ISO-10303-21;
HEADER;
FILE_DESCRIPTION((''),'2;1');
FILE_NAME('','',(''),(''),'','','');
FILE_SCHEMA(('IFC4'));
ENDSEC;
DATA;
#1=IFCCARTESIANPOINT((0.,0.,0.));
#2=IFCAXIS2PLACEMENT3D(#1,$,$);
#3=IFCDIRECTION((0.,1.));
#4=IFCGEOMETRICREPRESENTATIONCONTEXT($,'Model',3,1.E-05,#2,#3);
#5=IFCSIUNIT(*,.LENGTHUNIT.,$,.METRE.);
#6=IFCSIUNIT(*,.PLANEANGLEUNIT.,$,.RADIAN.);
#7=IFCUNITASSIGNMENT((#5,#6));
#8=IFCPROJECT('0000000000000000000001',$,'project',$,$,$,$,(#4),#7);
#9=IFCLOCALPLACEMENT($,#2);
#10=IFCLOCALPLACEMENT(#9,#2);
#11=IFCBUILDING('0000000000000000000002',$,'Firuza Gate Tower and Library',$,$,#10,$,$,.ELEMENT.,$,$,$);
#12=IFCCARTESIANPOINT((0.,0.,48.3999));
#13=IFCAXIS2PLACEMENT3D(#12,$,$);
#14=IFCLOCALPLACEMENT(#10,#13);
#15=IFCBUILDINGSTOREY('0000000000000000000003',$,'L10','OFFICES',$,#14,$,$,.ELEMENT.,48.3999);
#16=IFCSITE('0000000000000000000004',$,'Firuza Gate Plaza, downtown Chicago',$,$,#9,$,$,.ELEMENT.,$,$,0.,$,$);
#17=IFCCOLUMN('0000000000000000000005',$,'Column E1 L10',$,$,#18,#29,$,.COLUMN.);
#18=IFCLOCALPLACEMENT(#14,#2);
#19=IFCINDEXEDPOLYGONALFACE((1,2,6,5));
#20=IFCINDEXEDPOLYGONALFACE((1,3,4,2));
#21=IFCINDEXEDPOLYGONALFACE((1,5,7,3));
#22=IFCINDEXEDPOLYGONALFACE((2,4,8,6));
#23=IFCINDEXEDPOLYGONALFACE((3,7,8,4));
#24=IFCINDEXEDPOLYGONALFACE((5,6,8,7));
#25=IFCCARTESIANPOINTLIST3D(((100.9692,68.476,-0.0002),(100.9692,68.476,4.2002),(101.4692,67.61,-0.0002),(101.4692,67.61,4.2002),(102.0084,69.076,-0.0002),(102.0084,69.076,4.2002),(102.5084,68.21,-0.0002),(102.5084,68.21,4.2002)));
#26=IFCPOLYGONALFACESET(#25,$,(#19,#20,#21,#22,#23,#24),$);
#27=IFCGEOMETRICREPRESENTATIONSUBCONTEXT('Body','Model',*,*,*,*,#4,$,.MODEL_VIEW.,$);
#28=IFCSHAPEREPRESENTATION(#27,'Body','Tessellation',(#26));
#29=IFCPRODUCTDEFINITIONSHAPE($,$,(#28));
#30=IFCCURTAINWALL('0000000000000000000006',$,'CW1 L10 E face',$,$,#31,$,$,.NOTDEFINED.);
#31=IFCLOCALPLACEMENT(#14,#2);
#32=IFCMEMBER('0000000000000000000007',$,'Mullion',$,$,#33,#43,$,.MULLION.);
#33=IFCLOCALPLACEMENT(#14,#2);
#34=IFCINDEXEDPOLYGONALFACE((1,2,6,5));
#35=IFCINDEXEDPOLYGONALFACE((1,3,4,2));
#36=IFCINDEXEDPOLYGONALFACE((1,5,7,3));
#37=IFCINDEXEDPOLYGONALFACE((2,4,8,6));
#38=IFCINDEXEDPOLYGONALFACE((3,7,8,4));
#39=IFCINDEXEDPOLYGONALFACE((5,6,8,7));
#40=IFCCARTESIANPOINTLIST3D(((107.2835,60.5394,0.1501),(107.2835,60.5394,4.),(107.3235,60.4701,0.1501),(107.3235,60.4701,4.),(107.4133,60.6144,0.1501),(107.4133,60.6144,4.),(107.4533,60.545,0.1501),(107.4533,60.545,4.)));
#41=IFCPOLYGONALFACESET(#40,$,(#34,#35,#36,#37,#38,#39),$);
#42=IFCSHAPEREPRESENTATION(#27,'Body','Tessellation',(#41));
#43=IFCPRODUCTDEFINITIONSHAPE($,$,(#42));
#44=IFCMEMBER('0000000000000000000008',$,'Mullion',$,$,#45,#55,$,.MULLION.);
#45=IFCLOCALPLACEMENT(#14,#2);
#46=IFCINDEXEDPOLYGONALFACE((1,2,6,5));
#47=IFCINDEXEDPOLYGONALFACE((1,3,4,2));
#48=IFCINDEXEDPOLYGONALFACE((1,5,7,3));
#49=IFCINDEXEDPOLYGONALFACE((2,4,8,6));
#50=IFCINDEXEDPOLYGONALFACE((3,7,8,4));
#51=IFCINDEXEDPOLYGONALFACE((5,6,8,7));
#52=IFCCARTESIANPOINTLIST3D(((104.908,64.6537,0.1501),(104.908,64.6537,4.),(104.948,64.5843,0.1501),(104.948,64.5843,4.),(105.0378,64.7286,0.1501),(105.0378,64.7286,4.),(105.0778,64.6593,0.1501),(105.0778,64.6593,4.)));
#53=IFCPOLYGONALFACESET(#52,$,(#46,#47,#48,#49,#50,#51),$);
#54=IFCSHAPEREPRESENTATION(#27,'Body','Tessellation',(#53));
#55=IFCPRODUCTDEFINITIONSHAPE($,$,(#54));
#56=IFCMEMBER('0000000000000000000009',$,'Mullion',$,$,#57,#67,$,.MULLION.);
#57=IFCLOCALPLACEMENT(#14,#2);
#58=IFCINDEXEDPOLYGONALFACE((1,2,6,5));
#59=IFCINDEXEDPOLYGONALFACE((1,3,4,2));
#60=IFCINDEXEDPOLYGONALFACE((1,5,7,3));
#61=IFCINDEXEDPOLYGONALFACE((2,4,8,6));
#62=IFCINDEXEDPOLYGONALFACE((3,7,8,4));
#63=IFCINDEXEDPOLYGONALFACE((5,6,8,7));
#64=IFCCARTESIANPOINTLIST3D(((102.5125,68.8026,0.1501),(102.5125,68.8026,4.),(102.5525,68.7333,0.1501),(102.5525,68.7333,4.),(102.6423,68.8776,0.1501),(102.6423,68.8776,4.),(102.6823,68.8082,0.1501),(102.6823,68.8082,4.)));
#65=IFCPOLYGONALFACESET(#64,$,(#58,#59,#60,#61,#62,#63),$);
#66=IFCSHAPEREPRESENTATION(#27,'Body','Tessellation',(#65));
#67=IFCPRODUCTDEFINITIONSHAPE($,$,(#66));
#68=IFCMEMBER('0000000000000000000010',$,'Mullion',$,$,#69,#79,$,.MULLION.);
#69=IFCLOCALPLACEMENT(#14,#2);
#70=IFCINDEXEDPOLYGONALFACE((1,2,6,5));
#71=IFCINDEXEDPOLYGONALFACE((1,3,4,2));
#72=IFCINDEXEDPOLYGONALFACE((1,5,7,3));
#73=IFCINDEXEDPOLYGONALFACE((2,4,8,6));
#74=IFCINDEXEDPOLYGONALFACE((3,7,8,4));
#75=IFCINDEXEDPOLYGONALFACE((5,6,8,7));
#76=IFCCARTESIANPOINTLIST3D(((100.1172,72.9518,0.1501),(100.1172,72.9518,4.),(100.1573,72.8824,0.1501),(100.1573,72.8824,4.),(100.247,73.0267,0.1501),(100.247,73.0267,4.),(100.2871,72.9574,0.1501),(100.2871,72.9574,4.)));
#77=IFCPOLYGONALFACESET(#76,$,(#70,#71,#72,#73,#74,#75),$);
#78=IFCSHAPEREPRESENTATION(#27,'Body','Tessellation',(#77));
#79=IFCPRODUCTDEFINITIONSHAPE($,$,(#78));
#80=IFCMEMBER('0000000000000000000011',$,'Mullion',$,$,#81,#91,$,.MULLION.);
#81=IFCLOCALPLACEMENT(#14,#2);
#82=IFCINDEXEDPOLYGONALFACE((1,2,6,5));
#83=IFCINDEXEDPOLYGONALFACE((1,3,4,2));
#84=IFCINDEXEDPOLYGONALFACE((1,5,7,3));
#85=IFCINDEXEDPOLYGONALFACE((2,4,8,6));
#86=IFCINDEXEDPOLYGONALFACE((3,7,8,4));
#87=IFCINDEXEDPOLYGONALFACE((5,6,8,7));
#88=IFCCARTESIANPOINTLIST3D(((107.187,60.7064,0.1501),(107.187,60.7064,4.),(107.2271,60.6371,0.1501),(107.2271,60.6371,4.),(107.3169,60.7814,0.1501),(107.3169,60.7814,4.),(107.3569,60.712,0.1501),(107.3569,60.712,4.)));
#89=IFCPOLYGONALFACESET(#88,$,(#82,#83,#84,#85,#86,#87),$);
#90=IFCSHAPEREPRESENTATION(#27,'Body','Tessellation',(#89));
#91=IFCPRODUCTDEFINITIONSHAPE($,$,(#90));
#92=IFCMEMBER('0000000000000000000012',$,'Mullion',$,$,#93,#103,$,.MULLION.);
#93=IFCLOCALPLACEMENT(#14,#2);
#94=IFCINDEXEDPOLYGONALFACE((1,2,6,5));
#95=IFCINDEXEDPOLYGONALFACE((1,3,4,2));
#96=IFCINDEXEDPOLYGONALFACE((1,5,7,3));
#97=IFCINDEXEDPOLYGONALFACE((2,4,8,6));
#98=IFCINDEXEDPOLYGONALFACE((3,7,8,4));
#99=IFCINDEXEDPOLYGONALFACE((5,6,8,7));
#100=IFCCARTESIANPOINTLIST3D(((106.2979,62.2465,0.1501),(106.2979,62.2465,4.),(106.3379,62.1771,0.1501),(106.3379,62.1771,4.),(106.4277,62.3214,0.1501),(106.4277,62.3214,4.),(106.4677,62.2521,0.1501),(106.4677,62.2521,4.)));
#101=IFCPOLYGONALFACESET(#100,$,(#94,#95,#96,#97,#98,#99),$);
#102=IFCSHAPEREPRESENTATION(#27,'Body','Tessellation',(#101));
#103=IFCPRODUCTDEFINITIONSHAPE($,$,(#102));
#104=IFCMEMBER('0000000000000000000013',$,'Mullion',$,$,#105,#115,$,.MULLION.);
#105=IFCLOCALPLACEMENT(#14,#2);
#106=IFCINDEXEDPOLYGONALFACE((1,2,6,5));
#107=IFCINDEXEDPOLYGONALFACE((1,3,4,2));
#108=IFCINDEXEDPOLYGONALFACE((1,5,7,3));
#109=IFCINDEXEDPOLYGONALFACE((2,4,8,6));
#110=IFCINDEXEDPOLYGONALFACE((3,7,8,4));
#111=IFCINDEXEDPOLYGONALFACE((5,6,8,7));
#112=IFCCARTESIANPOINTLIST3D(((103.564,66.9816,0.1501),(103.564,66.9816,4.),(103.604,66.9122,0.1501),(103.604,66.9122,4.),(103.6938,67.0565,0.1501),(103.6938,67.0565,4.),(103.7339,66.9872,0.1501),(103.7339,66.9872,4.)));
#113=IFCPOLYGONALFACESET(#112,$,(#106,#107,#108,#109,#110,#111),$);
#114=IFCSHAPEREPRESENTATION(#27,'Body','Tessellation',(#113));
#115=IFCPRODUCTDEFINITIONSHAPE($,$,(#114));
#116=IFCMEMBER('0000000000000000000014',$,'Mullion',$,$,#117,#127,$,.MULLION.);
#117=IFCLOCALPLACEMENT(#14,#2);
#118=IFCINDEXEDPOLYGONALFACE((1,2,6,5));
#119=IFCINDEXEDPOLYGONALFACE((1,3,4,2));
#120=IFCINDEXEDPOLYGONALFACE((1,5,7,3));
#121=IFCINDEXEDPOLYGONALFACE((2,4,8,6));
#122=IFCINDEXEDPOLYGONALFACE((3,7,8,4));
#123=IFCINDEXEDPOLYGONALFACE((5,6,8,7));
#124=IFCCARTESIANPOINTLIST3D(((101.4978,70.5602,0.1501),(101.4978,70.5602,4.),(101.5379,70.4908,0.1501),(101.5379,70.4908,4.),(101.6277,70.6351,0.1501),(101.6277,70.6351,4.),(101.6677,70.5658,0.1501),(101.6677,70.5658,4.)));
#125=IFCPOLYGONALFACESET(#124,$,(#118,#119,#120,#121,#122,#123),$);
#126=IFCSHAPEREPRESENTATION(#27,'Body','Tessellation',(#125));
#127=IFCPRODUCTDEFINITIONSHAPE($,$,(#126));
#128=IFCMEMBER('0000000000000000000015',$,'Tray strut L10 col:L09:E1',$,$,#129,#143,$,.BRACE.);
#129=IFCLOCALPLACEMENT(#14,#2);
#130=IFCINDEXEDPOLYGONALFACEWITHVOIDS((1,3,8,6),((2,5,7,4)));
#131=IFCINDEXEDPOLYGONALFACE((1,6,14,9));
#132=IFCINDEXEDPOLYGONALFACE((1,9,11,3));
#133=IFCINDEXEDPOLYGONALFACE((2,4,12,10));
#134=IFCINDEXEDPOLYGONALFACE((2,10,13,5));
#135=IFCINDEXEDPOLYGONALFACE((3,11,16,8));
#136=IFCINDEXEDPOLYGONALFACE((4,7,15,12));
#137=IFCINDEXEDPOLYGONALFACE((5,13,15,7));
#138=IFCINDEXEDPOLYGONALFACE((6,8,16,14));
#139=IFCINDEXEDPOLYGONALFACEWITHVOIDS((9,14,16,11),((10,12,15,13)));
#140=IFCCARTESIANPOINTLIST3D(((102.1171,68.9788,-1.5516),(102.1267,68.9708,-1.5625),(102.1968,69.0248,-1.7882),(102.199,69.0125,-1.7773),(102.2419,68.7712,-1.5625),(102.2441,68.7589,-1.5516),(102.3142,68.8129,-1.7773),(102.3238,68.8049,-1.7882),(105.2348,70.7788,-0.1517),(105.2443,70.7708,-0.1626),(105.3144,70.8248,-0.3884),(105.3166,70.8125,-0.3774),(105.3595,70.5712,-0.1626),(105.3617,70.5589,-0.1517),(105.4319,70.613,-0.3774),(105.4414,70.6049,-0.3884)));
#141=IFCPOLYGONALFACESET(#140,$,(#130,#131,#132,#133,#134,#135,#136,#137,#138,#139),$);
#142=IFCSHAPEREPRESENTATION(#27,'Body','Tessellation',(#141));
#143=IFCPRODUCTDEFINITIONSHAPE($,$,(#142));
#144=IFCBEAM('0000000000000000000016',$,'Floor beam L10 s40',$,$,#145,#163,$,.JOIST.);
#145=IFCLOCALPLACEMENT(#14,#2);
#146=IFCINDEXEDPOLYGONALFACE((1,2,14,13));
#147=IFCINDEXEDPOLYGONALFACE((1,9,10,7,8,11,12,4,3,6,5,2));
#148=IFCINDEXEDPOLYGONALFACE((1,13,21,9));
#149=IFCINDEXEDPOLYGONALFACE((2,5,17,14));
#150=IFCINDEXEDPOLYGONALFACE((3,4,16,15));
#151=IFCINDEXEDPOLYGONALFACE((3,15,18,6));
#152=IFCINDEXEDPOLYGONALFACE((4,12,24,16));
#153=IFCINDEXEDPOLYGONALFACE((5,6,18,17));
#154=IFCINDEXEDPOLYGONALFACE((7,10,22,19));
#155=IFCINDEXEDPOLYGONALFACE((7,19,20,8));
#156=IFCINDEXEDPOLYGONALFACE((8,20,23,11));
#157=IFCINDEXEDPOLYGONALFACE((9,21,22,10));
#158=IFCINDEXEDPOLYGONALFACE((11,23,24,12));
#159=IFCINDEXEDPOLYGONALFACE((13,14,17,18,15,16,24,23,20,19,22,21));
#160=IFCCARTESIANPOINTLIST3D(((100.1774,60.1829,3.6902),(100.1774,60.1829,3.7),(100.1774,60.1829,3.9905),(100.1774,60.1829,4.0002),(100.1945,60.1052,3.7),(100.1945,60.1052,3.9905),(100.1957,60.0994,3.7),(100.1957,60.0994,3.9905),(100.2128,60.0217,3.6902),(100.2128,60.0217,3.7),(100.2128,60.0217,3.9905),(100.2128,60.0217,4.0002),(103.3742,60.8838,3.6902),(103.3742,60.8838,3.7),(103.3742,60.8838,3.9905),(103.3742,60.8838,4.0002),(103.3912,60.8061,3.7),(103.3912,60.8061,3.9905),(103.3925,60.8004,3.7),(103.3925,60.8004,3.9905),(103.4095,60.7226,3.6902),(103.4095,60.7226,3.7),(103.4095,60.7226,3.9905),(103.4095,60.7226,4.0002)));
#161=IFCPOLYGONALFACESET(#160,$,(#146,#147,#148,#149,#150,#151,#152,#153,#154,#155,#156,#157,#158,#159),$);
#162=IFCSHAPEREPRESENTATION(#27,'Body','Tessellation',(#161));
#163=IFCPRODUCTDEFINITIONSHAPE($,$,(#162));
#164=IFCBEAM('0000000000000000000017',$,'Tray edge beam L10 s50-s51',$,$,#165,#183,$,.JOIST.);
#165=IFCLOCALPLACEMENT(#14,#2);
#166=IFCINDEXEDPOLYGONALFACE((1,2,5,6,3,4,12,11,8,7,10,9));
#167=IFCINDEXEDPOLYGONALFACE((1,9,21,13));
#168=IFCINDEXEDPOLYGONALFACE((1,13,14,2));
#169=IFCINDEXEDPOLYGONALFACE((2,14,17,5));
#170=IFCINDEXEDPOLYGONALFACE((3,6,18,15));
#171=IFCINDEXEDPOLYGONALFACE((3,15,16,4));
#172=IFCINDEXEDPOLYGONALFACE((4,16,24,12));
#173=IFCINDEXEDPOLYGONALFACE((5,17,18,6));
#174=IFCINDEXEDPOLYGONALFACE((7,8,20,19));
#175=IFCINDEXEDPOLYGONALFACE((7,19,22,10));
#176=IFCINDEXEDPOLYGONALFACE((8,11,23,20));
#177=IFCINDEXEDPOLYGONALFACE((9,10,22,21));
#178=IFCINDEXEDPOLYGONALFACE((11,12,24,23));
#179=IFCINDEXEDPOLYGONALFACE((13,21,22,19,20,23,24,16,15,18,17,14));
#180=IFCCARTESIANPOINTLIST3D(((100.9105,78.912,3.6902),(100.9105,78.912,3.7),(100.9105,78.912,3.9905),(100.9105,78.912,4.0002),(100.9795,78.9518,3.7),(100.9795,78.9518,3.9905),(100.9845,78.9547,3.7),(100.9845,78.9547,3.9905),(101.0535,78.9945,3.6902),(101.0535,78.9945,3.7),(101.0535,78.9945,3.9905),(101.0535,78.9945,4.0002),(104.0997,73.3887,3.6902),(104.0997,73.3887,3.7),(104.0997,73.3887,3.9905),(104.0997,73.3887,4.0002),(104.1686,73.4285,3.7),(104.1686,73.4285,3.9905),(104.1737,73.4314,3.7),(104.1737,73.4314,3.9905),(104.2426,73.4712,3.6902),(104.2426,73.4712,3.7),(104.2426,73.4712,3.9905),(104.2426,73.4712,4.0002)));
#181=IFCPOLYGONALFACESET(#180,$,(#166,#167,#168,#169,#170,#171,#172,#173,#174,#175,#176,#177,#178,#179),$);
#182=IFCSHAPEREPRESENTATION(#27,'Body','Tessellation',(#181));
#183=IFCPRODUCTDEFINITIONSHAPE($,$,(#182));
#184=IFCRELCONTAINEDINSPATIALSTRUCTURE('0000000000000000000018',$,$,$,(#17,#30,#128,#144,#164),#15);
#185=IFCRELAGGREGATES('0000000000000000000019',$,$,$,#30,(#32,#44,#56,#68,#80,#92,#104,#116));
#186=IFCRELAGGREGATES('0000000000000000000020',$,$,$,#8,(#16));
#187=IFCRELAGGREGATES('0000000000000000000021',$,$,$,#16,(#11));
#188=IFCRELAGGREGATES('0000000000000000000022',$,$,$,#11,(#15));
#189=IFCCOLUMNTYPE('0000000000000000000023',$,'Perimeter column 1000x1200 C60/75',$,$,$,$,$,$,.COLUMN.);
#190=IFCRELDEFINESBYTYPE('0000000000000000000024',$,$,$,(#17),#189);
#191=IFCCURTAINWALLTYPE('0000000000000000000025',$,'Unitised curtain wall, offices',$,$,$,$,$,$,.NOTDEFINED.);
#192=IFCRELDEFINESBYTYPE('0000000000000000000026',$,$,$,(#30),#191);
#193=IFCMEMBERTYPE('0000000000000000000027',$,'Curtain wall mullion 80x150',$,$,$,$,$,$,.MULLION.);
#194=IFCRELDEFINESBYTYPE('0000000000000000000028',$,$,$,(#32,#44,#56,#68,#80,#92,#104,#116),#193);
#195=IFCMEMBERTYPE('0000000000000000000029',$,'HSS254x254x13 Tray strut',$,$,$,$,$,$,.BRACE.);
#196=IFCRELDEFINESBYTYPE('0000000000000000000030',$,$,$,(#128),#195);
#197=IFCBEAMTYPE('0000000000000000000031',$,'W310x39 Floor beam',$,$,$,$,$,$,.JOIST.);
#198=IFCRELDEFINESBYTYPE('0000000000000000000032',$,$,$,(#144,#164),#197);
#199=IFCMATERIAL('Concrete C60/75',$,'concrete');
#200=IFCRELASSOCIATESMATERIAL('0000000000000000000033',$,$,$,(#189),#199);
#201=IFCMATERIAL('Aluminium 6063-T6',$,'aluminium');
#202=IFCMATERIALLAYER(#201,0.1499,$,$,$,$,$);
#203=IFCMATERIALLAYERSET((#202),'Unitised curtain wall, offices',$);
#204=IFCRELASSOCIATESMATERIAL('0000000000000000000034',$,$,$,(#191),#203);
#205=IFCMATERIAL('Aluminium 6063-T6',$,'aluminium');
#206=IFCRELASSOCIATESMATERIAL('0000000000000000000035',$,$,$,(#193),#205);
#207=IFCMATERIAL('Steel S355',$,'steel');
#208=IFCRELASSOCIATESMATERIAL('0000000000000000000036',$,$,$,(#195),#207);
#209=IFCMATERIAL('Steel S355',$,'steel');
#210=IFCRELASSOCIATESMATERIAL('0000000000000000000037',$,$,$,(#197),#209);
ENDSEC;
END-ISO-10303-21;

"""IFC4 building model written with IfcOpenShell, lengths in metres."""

from ifc_helpers import new_model, si_unit, direction, frame, origin, origin_2d, place, context, subcontext, project, spatial, rectangle, hollow_rectangle, i_section, extrude, material, layer, layer_set, material_profile, profile_set, type_object, element, aggregate, save


model = new_model("IFC4")

# Units and contexts
model_context = context("Model", 3, precision=1e-05, world=origin(), true_north=direction((0.0, 1.0)))
body_context = subcontext(model_context, "Body", "Model", "MODEL_VIEW")
ifc_project = project(units=[si_unit("LENGTHUNIT", "METRE"), si_unit("PLANEANGLEUNIT", "RADIAN")], contexts=[model_context])

# Site, building, storey
site_placement = place(None, origin())
site = spatial("IfcSite", under=ifc_project, at=site_placement, Name="Firuza Gate Plaza, downtown Chicago", CompositionType="ELEMENT", RefElevation=0.0)
building_placement = place(site_placement, origin())
building = spatial("IfcBuilding", under=site, at=building_placement, Name="Firuza Gate Tower and Library", CompositionType="ELEMENT")
storey_placement = place(building_placement, frame((0.0, 0.0, 48.3999)))
storey = spatial("IfcBuildingStorey", under=building, at=storey_placement, Name="L10", Description="OFFICES", CompositionType="ELEMENT", Elevation=48.3999)

# Column
ifc_material_1 = material(Name="Concrete C60/75", Category="concrete")
ifc_material_profile_1 = material_profile(ifc_material_1, rectangle(XDim=1.0, YDim=1.2, at=origin_2d()))
ifc_profile_set_1 = profile_set([ifc_material_profile_1], Name="Concrete C60/75")
column_type = type_object("IfcColumnType", Name="Perimeter column 1000x1200 C60/75", PredefinedType="COLUMN", material=ifc_profile_set_1)
column_placement = place(storey_placement, frame((101.7388, 68.343, -0.0002), z_axis=(0.0, 0.0, 1.0), x_axis=(-0.5, 0.866025, 0.0)))
element("IfcColumn", 1, at=column_placement, inside=storey, type_object=column_type, Name="Column E1 L10", PredefinedType="COLUMN", context=body_context, shape_type="SweptSolid", body=[
    extrude(rectangle(XDim=1.0, YDim=1.2, at=origin_2d()), origin(), (0.0, 0.0, 1.0), 4.2004),
])

# Curtain wall, members
ifc_material_2 = material(Name="Aluminium 6063-T6", Category="aluminium")
ifc_layer_1 = layer(ifc_material_2, 0.1499)
ifc_layer_set_1 = layer_set([ifc_layer_1], Name="Unitised curtain wall, offices")
curtain_wall_type = type_object("IfcCurtainWallType", Name="Unitised curtain wall, offices", PredefinedType="NOTDEFINED", material=ifc_layer_set_1)
curtain_wall_placement = place(storey_placement, origin())
curtain_wall = element("IfcCurtainWall", 2, at=curtain_wall_placement, inside=storey, type_object=curtain_wall_type, Name="CW1 L10 E face", PredefinedType="NOTDEFINED")
ifc_material_3 = material(Name="Aluminium 6063-T6", Category="aluminium")
ifc_material_profile_2 = material_profile(ifc_material_3, rectangle(XDim=0.1499, YDim=0.0801, at=origin_2d()))
ifc_profile_set_2 = profile_set([ifc_material_profile_2], Name="Aluminium 6063-T6")
member_type_1 = type_object("IfcMemberType", Name="Curtain wall mullion 80x150", PredefinedType="MULLION", material=ifc_profile_set_2)
member_1_placement = place(storey_placement, frame((107.3684, 60.5422, 0.1501), z_axis=(0.0, 0.0, 1.0), x_axis=(-0.866025, -0.5, 0.0)))
member_1 = element("IfcMember", 3, at=member_1_placement, type_object=member_type_1, Name="Mullion", PredefinedType="MULLION", context=body_context, shape_type="SweptSolid", body=[
    extrude(rectangle(XDim=0.1499, YDim=0.0801, at=origin_2d()), origin(), (0.0, 0.0, 1.0), 3.8499),
])
member_2_placement = place(storey_placement, frame((104.9929, 64.6565, 0.1501), z_axis=(0.0, 0.0, 1.0), x_axis=(-0.866025, -0.5, 0.0)))
member_2 = element("IfcMember", 4, at=member_2_placement, type_object=member_type_1, Name="Mullion", PredefinedType="MULLION", context=body_context, shape_type="SweptSolid", body=[
    extrude(rectangle(XDim=0.1499, YDim=0.0801, at=origin_2d()), origin(), (0.0, 0.0, 1.0), 3.8499),
])
member_3_placement = place(storey_placement, frame((102.5974, 68.8054, 0.1501), z_axis=(0.0, 0.0, 1.0), x_axis=(-0.866025, -0.5, 0.0)))
member_3 = element("IfcMember", 5, at=member_3_placement, type_object=member_type_1, Name="Mullion", PredefinedType="MULLION", context=body_context, shape_type="SweptSolid", body=[
    extrude(rectangle(XDim=0.1499, YDim=0.0801, at=origin_2d()), origin(), (0.0, 0.0, 1.0), 3.8499),
])
member_4_placement = place(storey_placement, frame((100.2021, 72.9546, 0.1501), z_axis=(0.0, 0.0, 1.0), x_axis=(-0.866025, -0.5, 0.0)))
member_4 = element("IfcMember", 6, at=member_4_placement, type_object=member_type_1, Name="Mullion", PredefinedType="MULLION", context=body_context, shape_type="SweptSolid", body=[
    extrude(rectangle(XDim=0.1499, YDim=0.0801, at=origin_2d()), origin(), (0.0, 0.0, 1.0), 3.8499),
])
member_5_placement = place(storey_placement, frame((107.272, 60.7092, 0.1501), z_axis=(0.0, 0.0, 1.0), x_axis=(-0.866025, -0.5, 0.0)))
member_5 = element("IfcMember", 7, at=member_5_placement, type_object=member_type_1, Name="Mullion", PredefinedType="MULLION", context=body_context, shape_type="SweptSolid", body=[
    extrude(rectangle(XDim=0.1499, YDim=0.0801, at=origin_2d()), origin(), (0.0, 0.0, 1.0), 3.8499),
])
member_6_placement = place(storey_placement, frame((106.3828, 62.2493, 0.1501), z_axis=(0.0, 0.0, 1.0), x_axis=(-0.866025, -0.5, 0.0)))
member_6 = element("IfcMember", 8, at=member_6_placement, type_object=member_type_1, Name="Mullion", PredefinedType="MULLION", context=body_context, shape_type="SweptSolid", body=[
    extrude(rectangle(XDim=0.1499, YDim=0.0801, at=origin_2d()), origin(), (0.0, 0.0, 1.0), 3.8499),
])
member_7_placement = place(storey_placement, frame((103.6489, 66.9844, 0.1501), z_axis=(0.0, 0.0, 1.0), x_axis=(-0.866025, -0.5, 0.0)))
member_7 = element("IfcMember", 9, at=member_7_placement, type_object=member_type_1, Name="Mullion", PredefinedType="MULLION", context=body_context, shape_type="SweptSolid", body=[
    extrude(rectangle(XDim=0.1499, YDim=0.0801, at=origin_2d()), origin(), (0.0, 0.0, 1.0), 3.8499),
])
member_8_placement = place(storey_placement, frame((101.5828, 70.563, 0.1501), z_axis=(0.0, 0.0, 1.0), x_axis=(-0.866025, -0.5, 0.0)))
member_8 = element("IfcMember", 10, at=member_8_placement, type_object=member_type_1, Name="Mullion", PredefinedType="MULLION", context=body_context, shape_type="SweptSolid", body=[
    extrude(rectangle(XDim=0.1499, YDim=0.0801, at=origin_2d()), origin(), (0.0, 0.0, 1.0), 3.8499),
])

# Member
ifc_material_4 = material(Name="Steel S355", Category="steel")
ifc_material_profile_3 = material_profile(ifc_material_4, hollow_rectangle(XDim=0.2539, YDim=0.2539, WallThickness=0.0117, at=origin_2d()))
ifc_profile_set_3 = profile_set([ifc_material_profile_3], Name="Steel S355")
member_type_2 = type_object("IfcMemberType", Name="HSS254x254x13 Tray strut", PredefinedType="BRACE", material=ifc_profile_set_3)
member_9_placement = place(storey_placement, frame((102.2205, 68.8918, -1.6699), z_axis=(0.807141, 0.466018, 0.362423), x_axis=(-0.500012, 0.866018, 0.0)))
element("IfcMember", 11, at=member_9_placement, inside=storey, type_object=member_type_2, Name="Tray strut L10 col:L09:E1", PredefinedType="BRACE", context=body_context, shape_type="SweptSolid", body=[
    extrude(hollow_rectangle(XDim=0.2539, YDim=0.2539, WallThickness=0.0117, at=origin_2d()), origin(), (0.0, 0.0, 1.0), 3.8625),
])

# Beams
ifc_material_5 = material(Name="Steel S355", Category="steel")
ifc_material_profile_4 = material_profile(ifc_material_5, i_section(OverallWidth=0.165, OverallDepth=0.3101, WebThickness=0.0059, FlangeThickness=0.0098, at=origin_2d()))
ifc_profile_set_4 = profile_set([ifc_material_profile_4], Name="Steel S355")
beam_type_1 = type_object("IfcBeamType", Name="W310x39 Floor beam", PredefinedType="JOIST", material=ifc_profile_set_4)
beam_1_placement = place(storey_placement, frame((103.3918, 60.8032, 3.8452), z_axis=(-0.976796, -0.214173, 0.0), x_axis=(0.214173, -0.976796, 0.0)))
element("IfcBeam", 12, at=beam_1_placement, inside=storey, type_object=beam_type_1, Name="Floor beam L10 s40", PredefinedType="JOIST", context=body_context, shape_type="SweptSolid", body=[
    extrude(i_section(OverallWidth=0.165, OverallDepth=0.3101, WebThickness=0.0059, FlangeThickness=0.0098, at=origin_2d()), origin(), (0.0, 0.0, 1.0), 3.2727),
])
beam_2_placement = place(storey_placement, frame((104.1711, 73.4299, 3.8452), z_axis=(-0.500029, 0.866008, 0.0), x_axis=(-0.866008, -0.500029, 0.0)))
element("IfcBeam", 13, at=beam_2_placement, inside=storey, type_object=beam_type_1, Name="Tray edge beam L10 s50-s51", PredefinedType="JOIST", context=body_context, shape_type="SweptSolid", body=[
    extrude(i_section(OverallWidth=0.165, OverallDepth=0.3101, WebThickness=0.0059, FlangeThickness=0.0098, at=origin_2d()), origin(), (0.0, 0.0, 1.0), 6.3779),
])

aggregate(curtain_wall, [member_1, member_2, member_3, member_4, member_5, member_6, member_7, member_8])

save(model, "model.ifc")
